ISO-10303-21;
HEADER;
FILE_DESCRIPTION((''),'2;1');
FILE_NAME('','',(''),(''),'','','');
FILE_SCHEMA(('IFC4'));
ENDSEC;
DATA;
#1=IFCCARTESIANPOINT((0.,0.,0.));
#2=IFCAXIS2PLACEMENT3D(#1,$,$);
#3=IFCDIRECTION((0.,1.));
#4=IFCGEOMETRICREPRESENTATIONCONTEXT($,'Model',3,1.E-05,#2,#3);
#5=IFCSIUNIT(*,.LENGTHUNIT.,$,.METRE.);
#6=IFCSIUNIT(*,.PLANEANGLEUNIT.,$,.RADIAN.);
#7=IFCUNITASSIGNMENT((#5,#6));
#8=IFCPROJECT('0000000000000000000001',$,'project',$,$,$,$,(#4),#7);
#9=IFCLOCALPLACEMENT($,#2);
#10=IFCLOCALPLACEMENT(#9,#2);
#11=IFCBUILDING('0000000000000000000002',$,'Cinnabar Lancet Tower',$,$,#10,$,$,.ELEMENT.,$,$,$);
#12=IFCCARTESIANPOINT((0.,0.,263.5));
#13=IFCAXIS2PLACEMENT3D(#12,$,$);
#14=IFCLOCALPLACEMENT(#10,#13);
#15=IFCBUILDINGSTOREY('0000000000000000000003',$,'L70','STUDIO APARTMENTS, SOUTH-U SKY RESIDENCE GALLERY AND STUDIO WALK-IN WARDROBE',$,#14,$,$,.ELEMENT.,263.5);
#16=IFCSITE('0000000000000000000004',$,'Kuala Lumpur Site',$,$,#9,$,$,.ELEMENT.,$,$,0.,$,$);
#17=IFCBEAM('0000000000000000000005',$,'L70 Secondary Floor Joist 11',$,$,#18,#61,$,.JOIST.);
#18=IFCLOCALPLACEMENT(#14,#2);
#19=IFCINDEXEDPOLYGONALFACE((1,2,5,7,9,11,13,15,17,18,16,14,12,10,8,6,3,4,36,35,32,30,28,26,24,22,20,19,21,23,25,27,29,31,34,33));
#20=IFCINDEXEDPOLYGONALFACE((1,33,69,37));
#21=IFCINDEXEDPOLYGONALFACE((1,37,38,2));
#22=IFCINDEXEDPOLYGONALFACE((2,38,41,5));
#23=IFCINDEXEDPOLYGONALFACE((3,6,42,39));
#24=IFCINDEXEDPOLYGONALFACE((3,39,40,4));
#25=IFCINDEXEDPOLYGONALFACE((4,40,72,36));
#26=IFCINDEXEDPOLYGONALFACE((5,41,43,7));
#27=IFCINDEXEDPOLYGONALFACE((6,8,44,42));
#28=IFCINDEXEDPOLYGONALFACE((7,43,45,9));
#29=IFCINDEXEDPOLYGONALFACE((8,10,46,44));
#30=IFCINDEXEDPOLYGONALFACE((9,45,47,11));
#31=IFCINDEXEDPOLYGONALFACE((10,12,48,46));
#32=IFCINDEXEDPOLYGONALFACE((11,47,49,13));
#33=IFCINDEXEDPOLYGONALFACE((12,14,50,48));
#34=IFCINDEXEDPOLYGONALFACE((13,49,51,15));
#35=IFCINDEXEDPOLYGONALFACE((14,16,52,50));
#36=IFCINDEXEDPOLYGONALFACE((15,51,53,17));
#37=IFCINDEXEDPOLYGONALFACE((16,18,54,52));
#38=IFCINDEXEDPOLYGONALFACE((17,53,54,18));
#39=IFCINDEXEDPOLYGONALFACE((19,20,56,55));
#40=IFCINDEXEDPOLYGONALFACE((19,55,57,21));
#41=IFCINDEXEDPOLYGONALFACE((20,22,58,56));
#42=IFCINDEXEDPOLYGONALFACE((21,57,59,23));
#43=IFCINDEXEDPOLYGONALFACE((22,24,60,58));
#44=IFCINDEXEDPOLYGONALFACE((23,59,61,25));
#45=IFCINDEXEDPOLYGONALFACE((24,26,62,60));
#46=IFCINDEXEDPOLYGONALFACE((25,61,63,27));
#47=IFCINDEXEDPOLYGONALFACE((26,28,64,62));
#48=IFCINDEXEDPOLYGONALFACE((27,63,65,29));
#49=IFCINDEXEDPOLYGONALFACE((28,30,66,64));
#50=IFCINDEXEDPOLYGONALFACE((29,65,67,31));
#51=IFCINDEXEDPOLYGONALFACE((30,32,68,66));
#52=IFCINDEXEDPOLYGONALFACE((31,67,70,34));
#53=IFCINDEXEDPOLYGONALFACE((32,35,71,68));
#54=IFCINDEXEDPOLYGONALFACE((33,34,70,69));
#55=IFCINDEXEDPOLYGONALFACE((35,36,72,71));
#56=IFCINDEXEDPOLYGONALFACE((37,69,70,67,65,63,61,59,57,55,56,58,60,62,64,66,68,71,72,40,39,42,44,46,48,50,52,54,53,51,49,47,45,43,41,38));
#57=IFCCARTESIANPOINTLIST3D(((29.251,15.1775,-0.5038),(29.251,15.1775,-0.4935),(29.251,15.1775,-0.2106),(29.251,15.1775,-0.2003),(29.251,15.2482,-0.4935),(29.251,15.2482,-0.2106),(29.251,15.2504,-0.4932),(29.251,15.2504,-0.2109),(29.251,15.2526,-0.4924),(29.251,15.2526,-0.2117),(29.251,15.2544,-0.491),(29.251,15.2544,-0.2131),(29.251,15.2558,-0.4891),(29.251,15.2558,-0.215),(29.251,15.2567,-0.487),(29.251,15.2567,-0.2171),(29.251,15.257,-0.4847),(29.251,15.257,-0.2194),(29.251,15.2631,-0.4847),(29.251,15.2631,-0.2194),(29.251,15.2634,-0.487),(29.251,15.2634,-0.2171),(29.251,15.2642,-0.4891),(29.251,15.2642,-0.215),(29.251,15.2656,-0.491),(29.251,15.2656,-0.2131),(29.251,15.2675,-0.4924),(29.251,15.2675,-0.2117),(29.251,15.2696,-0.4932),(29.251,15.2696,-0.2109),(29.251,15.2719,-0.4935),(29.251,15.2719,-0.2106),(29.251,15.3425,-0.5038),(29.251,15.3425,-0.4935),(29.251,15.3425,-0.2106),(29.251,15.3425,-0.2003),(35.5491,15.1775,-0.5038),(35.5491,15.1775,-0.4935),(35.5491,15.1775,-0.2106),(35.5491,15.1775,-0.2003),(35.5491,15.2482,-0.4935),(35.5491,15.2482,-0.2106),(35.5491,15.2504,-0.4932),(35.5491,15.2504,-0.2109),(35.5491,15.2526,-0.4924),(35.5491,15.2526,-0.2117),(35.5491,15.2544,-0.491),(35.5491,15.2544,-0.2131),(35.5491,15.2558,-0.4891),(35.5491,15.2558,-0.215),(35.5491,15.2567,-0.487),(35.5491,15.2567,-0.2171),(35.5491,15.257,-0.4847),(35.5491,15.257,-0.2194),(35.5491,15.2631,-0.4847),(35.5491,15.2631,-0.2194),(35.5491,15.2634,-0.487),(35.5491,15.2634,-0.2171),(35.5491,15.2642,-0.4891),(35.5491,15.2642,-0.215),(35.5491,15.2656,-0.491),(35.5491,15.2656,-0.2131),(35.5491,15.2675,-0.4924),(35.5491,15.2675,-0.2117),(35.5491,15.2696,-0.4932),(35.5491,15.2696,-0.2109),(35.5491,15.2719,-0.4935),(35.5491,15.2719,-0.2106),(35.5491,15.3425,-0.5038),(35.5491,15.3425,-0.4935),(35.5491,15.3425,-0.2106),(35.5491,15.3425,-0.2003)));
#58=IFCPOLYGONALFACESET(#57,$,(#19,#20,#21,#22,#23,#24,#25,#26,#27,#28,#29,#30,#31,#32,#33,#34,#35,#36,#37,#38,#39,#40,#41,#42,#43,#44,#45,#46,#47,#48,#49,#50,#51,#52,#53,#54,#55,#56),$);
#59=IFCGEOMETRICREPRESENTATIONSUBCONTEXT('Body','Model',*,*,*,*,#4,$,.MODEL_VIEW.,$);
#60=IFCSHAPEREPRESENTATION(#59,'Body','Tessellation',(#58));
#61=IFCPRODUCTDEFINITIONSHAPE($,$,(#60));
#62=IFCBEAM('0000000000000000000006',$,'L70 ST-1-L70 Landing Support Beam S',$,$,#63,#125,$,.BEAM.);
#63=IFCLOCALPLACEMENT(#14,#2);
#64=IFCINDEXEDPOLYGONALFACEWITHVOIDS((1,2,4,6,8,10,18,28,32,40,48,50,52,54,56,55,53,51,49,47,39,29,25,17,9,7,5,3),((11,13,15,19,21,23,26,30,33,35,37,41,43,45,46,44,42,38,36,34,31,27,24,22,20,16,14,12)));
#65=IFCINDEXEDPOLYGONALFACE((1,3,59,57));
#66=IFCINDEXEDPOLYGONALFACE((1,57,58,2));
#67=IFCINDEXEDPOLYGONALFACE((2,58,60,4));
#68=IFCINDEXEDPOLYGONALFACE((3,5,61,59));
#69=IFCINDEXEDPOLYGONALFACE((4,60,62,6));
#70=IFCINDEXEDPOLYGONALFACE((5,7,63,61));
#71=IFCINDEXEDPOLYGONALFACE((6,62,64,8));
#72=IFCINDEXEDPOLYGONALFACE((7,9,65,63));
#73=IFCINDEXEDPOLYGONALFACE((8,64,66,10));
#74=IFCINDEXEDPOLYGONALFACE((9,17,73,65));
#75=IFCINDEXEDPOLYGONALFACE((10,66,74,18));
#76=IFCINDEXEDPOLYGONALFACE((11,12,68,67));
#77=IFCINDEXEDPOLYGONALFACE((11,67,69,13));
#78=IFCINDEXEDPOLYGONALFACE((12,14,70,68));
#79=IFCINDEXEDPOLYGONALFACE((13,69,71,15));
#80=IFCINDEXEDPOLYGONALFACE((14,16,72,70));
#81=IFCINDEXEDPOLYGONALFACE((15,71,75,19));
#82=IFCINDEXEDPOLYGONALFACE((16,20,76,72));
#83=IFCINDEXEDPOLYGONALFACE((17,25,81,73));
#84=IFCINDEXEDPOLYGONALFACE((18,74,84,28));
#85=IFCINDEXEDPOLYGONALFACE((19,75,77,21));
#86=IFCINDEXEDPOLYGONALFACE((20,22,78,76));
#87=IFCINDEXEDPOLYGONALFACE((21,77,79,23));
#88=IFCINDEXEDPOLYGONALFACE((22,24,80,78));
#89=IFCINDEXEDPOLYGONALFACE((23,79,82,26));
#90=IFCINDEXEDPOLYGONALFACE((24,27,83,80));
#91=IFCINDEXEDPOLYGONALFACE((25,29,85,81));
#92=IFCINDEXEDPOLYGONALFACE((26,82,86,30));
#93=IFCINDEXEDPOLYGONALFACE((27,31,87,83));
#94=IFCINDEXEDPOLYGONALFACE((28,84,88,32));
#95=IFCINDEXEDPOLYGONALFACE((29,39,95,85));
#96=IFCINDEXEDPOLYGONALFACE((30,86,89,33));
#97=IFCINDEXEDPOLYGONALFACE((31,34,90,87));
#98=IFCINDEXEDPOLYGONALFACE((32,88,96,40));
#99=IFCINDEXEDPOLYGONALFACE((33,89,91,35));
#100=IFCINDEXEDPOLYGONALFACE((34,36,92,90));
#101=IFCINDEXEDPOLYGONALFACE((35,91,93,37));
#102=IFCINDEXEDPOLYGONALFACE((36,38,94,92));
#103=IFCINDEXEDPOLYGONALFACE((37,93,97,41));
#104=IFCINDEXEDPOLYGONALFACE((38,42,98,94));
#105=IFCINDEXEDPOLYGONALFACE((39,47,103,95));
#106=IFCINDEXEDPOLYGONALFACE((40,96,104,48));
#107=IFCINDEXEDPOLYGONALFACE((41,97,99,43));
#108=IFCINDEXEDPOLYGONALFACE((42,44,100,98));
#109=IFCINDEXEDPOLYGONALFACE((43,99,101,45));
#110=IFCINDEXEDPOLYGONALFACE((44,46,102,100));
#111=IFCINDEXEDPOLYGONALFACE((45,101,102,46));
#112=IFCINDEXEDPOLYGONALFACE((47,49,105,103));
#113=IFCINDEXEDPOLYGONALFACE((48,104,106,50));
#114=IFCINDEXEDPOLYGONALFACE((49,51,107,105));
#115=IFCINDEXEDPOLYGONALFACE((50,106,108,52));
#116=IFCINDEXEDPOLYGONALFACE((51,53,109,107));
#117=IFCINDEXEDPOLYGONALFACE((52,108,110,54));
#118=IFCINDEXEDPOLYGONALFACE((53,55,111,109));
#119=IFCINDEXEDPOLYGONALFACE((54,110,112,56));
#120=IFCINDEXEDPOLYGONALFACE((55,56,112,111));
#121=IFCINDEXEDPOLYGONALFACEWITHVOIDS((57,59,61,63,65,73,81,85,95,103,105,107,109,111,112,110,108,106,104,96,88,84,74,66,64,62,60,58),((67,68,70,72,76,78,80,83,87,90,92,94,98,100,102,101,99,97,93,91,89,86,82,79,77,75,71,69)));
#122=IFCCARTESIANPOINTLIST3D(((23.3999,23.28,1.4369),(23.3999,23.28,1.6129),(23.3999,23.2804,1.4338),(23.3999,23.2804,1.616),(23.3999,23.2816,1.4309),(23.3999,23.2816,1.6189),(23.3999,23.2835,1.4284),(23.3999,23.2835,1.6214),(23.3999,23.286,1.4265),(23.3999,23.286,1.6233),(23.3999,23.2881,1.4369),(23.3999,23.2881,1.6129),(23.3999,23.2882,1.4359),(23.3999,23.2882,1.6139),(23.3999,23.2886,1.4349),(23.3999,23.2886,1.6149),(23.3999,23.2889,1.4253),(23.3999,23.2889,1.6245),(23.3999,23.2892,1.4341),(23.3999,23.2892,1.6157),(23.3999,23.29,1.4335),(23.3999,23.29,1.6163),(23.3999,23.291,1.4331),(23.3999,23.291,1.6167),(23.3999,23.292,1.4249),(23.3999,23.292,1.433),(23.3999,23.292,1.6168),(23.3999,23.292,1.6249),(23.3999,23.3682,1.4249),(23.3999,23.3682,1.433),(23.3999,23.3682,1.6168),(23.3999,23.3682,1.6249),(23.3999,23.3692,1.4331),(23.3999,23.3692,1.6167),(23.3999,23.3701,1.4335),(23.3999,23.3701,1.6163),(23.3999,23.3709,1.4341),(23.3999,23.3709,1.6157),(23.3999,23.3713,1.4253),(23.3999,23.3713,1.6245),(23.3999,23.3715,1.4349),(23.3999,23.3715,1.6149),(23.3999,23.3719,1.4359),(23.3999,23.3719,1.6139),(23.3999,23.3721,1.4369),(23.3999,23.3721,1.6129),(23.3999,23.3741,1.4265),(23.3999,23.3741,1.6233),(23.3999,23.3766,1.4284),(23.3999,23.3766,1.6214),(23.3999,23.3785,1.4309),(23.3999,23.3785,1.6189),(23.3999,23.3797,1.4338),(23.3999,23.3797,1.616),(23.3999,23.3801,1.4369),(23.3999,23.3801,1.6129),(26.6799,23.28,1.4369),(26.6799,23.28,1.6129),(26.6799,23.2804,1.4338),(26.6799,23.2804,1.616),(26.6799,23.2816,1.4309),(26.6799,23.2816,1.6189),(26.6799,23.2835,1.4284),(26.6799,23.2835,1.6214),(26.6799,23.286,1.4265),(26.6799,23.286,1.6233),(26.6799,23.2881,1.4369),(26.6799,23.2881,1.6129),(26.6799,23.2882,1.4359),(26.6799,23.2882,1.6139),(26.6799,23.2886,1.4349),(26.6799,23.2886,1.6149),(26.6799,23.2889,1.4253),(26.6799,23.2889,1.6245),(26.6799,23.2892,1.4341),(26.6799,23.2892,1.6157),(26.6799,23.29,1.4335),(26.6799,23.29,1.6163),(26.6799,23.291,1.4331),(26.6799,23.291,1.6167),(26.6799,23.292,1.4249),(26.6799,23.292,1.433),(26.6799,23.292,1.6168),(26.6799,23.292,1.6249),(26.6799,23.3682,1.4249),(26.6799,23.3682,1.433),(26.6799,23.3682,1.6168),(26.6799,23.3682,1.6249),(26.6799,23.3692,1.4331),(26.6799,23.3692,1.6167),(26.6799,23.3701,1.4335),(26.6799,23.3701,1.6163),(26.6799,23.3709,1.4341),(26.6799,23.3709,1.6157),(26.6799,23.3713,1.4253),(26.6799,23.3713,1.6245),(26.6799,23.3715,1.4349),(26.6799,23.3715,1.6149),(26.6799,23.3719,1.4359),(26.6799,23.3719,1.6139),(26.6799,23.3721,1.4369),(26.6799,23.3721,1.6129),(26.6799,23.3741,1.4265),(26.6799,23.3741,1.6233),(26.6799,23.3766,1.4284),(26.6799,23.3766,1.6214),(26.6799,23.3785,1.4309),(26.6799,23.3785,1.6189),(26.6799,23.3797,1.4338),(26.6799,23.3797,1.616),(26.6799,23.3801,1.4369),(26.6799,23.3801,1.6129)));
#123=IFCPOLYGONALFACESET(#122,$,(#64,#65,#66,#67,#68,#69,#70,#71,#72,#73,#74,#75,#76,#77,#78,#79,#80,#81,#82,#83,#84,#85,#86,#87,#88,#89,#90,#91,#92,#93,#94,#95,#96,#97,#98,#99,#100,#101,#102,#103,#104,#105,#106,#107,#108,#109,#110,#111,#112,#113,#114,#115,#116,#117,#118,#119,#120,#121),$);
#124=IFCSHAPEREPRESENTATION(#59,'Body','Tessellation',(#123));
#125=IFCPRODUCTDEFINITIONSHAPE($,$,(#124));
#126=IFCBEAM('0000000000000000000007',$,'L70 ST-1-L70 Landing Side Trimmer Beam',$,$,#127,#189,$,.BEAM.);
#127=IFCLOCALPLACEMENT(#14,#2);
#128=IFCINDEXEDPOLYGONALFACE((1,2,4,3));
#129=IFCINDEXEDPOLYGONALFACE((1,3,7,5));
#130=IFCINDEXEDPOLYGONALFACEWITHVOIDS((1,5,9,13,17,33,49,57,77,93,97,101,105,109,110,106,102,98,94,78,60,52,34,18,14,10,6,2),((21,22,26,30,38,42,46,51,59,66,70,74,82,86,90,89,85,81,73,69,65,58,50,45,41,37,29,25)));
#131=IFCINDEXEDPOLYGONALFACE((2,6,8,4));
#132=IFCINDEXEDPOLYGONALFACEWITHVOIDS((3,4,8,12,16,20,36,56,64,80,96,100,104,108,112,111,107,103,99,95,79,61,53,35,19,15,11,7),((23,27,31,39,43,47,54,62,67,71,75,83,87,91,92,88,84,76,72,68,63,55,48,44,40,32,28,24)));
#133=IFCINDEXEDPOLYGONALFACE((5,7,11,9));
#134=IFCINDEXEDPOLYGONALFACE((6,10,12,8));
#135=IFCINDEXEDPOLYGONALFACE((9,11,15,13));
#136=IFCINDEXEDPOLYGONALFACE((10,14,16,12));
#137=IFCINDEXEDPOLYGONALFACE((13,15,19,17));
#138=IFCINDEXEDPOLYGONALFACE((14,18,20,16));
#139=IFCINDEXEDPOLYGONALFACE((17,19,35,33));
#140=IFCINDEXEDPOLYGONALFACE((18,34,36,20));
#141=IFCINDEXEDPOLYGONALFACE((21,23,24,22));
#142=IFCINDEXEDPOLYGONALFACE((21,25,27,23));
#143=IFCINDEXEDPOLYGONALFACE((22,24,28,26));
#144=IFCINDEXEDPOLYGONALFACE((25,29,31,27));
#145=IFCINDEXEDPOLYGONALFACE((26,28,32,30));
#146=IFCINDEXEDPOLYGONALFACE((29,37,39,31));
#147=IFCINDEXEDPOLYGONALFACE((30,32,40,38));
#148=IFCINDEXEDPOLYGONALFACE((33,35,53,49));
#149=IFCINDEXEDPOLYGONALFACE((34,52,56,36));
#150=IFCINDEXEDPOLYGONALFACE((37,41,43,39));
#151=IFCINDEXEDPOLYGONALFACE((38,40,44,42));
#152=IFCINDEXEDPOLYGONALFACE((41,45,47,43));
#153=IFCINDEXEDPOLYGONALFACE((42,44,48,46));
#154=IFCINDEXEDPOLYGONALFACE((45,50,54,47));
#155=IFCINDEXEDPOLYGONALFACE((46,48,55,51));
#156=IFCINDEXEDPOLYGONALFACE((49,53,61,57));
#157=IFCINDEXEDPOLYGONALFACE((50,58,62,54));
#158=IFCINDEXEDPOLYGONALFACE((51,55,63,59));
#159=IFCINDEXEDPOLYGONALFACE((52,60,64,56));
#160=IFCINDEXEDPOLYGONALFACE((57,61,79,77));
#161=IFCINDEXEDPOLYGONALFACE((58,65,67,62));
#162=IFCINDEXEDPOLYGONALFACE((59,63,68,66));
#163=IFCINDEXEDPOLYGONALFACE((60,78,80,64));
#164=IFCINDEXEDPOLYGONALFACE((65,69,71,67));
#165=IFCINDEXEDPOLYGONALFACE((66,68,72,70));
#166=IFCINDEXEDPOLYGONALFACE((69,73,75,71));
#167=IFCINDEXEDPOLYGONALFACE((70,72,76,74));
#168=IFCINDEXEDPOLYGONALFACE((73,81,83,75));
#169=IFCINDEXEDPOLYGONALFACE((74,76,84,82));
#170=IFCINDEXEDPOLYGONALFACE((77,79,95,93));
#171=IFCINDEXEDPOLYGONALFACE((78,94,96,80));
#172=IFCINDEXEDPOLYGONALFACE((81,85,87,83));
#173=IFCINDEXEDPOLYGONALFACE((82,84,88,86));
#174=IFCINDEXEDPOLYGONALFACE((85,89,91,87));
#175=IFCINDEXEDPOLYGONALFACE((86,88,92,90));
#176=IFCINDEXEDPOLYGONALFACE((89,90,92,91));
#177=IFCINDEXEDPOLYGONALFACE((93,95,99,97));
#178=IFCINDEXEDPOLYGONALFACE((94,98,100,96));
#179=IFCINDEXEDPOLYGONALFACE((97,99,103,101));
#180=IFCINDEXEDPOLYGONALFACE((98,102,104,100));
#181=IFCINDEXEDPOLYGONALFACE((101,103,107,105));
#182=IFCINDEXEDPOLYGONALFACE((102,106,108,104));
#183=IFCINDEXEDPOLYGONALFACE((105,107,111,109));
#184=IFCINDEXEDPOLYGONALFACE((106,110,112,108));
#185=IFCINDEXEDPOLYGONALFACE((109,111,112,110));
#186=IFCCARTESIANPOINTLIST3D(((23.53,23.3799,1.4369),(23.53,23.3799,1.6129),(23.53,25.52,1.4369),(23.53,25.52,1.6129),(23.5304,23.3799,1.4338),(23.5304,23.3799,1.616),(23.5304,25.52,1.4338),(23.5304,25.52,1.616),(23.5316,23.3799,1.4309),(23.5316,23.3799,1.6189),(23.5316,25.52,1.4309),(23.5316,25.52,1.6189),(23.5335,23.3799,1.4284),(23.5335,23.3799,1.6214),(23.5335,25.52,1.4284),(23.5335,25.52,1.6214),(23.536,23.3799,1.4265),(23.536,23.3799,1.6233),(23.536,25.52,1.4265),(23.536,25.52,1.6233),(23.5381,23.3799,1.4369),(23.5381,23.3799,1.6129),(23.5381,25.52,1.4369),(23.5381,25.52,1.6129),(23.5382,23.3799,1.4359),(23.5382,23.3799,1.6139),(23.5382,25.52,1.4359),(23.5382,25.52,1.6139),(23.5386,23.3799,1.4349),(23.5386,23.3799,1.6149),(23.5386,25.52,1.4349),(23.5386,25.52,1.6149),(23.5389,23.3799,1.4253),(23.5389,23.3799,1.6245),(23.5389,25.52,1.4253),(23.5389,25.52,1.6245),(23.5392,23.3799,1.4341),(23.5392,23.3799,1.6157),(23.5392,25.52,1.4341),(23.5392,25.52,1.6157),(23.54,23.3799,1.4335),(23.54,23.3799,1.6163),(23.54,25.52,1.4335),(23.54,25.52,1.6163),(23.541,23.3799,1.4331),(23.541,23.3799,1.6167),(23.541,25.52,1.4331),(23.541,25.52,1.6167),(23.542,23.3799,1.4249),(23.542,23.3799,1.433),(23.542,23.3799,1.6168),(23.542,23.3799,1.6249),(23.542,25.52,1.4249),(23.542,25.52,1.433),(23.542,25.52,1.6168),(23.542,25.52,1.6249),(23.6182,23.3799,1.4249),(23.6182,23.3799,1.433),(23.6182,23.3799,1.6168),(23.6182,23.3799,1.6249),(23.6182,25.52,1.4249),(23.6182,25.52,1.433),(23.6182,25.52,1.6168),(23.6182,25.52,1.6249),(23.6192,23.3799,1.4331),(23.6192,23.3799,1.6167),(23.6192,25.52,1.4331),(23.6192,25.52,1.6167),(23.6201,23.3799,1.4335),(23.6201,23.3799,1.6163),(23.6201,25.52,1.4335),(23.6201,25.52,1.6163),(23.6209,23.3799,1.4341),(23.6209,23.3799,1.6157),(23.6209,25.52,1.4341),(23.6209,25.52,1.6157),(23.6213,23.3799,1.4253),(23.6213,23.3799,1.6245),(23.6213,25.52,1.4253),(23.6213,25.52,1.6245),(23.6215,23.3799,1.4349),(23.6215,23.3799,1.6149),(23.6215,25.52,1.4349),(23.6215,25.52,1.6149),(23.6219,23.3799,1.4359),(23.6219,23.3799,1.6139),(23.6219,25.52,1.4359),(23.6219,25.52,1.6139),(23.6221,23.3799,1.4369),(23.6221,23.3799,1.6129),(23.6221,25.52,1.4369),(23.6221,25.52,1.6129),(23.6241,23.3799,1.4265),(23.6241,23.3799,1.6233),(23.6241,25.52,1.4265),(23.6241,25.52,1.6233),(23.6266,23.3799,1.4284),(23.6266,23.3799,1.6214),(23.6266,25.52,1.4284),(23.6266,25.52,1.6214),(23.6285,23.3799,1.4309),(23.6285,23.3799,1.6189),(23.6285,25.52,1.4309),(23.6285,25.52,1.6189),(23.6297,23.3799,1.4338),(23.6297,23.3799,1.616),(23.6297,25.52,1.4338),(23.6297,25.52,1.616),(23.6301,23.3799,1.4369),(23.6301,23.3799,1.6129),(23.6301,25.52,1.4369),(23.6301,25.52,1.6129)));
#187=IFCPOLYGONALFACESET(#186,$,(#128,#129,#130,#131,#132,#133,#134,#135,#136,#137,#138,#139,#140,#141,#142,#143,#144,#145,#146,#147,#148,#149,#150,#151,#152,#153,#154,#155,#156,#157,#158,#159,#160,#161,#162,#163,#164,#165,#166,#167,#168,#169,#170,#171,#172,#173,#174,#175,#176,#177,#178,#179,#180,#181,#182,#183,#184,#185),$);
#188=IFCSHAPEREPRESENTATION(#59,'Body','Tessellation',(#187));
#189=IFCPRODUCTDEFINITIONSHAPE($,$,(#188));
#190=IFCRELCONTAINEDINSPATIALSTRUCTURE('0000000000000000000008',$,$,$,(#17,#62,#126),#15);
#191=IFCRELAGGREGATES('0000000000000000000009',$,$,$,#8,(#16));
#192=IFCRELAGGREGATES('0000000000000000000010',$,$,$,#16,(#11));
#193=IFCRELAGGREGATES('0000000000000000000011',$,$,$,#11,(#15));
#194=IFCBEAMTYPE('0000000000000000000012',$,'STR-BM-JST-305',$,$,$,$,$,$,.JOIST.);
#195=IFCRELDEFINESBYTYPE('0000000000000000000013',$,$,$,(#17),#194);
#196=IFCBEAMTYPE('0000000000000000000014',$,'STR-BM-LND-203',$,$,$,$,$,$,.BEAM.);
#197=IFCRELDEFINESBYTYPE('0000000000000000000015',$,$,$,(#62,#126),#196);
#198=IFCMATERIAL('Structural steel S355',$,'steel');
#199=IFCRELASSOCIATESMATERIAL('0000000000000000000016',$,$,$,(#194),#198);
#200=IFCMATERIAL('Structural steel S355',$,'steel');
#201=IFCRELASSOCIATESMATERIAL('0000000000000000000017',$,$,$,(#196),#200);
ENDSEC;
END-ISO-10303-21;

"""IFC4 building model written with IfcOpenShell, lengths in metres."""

from ifc_helpers import new_model, si_unit, direction, frame, origin, origin_2d, place, context, subcontext, project, spatial, hollow_rectangle, i_section, extrude, material, material_profile, profile_set, type_object, element, save


model = new_model("IFC4")

# Units and contexts
model_context = context("Model", 3, precision=1e-05, world=origin(), true_north=direction((0.0, 1.0)))
body_context = subcontext(model_context, "Body", "Model", "MODEL_VIEW")
ifc_project = project(units=[si_unit("LENGTHUNIT", "METRE"), si_unit("PLANEANGLEUNIT", "RADIAN")], contexts=[model_context])

# Site, building, storey
site_placement = place(None, origin())
site = spatial("IfcSite", under=ifc_project, at=site_placement, Name="Kuala Lumpur Site", CompositionType="ELEMENT", RefElevation=0.0)
building_placement = place(site_placement, origin())
building = spatial("IfcBuilding", under=site, at=building_placement, Name="Cinnabar Lancet Tower", CompositionType="ELEMENT")
storey_placement = place(building_placement, frame((0.0, 0.0, 263.5)))
storey = spatial("IfcBuildingStorey", under=building, at=storey_placement, Name="L70", Description="STUDIO APARTMENTS, SOUTH-U SKY RESIDENCE GALLERY AND STUDIO WALK-IN WARDROBE", CompositionType="ELEMENT", Elevation=263.5)

# Beams
ifc_material_1 = material(Name="Structural steel S355", Category="steel")
ifc_material_profile_1 = material_profile(ifc_material_1, i_section(OverallWidth=0.165, OverallDepth=0.3035, WebThickness=0.0061, FlangeThickness=0.0103, FilletRadius=0.0088, at=origin_2d()), Name="UKB 305x165x40")
ifc_profile_set_1 = profile_set([ifc_material_profile_1], Name="Structural steel S355")
beam_type_1 = type_object("IfcBeamType", Name="STR-BM-JST-305", PredefinedType="JOIST", material=ifc_profile_set_1)
beam_1_placement = place(storey_placement, frame((29.251, 15.26, -0.3521), z_axis=(1.0, 0.0, 0.0), x_axis=(0.0, 1.0, 0.0)))
element("IfcBeam", 1, at=beam_1_placement, inside=storey, type_object=beam_type_1, Name="L70 Secondary Floor Joist 11", PredefinedType="JOIST", context=body_context, shape_type="SweptSolid", body=[
    extrude(i_section(OverallWidth=0.165, OverallDepth=0.3035, WebThickness=0.0061, FlangeThickness=0.0103, FilletRadius=0.0088, at=origin_2d()), origin(), (0.0, 0.0, 1.0), 6.2981),
])
ifc_material_2 = material(Name="Structural steel S355", Category="steel")
ifc_material_profile_2 = material_profile(ifc_material_2, hollow_rectangle(XDim=0.1001, YDim=0.2, WallThickness=0.0081, InnerFilletRadius=0.0039, OuterFilletRadius=0.012, at=origin_2d()), Name="RHS 200x100x8")
ifc_profile_set_2 = profile_set([ifc_material_profile_2], Name="Structural steel S355")
beam_type_2 = type_object("IfcBeamType", Name="STR-BM-LND-203", PredefinedType="BEAM", material=ifc_profile_set_2)
beam_2_placement = place(storey_placement, frame((23.3999, 23.3301, 1.5249), z_axis=(1.0, 0.0, 0.0), x_axis=(0.0, 1.0, 0.0)))
element("IfcBeam", 2, at=beam_2_placement, inside=storey, type_object=beam_type_2, Name="L70 ST-1-L70 Landing Support Beam S", PredefinedType="BEAM", context=body_context, shape_type="SweptSolid", body=[
    extrude(hollow_rectangle(XDim=0.1001, YDim=0.2, WallThickness=0.0081, InnerFilletRadius=0.0039, OuterFilletRadius=0.012, at=origin_2d()), origin(), (0.0, 0.0, 1.0), 3.28),
])
beam_3_placement = place(storey_placement, frame((23.5801, 23.3799, 1.5249), z_axis=(0.0, 1.0, 0.0), x_axis=(-1.0, 0.0, 0.0)))
element("IfcBeam", 3, at=beam_3_placement, inside=storey, type_object=beam_type_2, Name="L70 ST-1-L70 Landing Side Trimmer Beam", PredefinedType="BEAM", context=body_context, shape_type="SweptSolid", body=[
    extrude(hollow_rectangle(XDim=0.1001, YDim=0.2, WallThickness=0.0081, InnerFilletRadius=0.0039, OuterFilletRadius=0.012, at=origin_2d()), origin(), (0.0, 0.0, 1.0), 2.1401),
])

save(model, "model.ifc")
